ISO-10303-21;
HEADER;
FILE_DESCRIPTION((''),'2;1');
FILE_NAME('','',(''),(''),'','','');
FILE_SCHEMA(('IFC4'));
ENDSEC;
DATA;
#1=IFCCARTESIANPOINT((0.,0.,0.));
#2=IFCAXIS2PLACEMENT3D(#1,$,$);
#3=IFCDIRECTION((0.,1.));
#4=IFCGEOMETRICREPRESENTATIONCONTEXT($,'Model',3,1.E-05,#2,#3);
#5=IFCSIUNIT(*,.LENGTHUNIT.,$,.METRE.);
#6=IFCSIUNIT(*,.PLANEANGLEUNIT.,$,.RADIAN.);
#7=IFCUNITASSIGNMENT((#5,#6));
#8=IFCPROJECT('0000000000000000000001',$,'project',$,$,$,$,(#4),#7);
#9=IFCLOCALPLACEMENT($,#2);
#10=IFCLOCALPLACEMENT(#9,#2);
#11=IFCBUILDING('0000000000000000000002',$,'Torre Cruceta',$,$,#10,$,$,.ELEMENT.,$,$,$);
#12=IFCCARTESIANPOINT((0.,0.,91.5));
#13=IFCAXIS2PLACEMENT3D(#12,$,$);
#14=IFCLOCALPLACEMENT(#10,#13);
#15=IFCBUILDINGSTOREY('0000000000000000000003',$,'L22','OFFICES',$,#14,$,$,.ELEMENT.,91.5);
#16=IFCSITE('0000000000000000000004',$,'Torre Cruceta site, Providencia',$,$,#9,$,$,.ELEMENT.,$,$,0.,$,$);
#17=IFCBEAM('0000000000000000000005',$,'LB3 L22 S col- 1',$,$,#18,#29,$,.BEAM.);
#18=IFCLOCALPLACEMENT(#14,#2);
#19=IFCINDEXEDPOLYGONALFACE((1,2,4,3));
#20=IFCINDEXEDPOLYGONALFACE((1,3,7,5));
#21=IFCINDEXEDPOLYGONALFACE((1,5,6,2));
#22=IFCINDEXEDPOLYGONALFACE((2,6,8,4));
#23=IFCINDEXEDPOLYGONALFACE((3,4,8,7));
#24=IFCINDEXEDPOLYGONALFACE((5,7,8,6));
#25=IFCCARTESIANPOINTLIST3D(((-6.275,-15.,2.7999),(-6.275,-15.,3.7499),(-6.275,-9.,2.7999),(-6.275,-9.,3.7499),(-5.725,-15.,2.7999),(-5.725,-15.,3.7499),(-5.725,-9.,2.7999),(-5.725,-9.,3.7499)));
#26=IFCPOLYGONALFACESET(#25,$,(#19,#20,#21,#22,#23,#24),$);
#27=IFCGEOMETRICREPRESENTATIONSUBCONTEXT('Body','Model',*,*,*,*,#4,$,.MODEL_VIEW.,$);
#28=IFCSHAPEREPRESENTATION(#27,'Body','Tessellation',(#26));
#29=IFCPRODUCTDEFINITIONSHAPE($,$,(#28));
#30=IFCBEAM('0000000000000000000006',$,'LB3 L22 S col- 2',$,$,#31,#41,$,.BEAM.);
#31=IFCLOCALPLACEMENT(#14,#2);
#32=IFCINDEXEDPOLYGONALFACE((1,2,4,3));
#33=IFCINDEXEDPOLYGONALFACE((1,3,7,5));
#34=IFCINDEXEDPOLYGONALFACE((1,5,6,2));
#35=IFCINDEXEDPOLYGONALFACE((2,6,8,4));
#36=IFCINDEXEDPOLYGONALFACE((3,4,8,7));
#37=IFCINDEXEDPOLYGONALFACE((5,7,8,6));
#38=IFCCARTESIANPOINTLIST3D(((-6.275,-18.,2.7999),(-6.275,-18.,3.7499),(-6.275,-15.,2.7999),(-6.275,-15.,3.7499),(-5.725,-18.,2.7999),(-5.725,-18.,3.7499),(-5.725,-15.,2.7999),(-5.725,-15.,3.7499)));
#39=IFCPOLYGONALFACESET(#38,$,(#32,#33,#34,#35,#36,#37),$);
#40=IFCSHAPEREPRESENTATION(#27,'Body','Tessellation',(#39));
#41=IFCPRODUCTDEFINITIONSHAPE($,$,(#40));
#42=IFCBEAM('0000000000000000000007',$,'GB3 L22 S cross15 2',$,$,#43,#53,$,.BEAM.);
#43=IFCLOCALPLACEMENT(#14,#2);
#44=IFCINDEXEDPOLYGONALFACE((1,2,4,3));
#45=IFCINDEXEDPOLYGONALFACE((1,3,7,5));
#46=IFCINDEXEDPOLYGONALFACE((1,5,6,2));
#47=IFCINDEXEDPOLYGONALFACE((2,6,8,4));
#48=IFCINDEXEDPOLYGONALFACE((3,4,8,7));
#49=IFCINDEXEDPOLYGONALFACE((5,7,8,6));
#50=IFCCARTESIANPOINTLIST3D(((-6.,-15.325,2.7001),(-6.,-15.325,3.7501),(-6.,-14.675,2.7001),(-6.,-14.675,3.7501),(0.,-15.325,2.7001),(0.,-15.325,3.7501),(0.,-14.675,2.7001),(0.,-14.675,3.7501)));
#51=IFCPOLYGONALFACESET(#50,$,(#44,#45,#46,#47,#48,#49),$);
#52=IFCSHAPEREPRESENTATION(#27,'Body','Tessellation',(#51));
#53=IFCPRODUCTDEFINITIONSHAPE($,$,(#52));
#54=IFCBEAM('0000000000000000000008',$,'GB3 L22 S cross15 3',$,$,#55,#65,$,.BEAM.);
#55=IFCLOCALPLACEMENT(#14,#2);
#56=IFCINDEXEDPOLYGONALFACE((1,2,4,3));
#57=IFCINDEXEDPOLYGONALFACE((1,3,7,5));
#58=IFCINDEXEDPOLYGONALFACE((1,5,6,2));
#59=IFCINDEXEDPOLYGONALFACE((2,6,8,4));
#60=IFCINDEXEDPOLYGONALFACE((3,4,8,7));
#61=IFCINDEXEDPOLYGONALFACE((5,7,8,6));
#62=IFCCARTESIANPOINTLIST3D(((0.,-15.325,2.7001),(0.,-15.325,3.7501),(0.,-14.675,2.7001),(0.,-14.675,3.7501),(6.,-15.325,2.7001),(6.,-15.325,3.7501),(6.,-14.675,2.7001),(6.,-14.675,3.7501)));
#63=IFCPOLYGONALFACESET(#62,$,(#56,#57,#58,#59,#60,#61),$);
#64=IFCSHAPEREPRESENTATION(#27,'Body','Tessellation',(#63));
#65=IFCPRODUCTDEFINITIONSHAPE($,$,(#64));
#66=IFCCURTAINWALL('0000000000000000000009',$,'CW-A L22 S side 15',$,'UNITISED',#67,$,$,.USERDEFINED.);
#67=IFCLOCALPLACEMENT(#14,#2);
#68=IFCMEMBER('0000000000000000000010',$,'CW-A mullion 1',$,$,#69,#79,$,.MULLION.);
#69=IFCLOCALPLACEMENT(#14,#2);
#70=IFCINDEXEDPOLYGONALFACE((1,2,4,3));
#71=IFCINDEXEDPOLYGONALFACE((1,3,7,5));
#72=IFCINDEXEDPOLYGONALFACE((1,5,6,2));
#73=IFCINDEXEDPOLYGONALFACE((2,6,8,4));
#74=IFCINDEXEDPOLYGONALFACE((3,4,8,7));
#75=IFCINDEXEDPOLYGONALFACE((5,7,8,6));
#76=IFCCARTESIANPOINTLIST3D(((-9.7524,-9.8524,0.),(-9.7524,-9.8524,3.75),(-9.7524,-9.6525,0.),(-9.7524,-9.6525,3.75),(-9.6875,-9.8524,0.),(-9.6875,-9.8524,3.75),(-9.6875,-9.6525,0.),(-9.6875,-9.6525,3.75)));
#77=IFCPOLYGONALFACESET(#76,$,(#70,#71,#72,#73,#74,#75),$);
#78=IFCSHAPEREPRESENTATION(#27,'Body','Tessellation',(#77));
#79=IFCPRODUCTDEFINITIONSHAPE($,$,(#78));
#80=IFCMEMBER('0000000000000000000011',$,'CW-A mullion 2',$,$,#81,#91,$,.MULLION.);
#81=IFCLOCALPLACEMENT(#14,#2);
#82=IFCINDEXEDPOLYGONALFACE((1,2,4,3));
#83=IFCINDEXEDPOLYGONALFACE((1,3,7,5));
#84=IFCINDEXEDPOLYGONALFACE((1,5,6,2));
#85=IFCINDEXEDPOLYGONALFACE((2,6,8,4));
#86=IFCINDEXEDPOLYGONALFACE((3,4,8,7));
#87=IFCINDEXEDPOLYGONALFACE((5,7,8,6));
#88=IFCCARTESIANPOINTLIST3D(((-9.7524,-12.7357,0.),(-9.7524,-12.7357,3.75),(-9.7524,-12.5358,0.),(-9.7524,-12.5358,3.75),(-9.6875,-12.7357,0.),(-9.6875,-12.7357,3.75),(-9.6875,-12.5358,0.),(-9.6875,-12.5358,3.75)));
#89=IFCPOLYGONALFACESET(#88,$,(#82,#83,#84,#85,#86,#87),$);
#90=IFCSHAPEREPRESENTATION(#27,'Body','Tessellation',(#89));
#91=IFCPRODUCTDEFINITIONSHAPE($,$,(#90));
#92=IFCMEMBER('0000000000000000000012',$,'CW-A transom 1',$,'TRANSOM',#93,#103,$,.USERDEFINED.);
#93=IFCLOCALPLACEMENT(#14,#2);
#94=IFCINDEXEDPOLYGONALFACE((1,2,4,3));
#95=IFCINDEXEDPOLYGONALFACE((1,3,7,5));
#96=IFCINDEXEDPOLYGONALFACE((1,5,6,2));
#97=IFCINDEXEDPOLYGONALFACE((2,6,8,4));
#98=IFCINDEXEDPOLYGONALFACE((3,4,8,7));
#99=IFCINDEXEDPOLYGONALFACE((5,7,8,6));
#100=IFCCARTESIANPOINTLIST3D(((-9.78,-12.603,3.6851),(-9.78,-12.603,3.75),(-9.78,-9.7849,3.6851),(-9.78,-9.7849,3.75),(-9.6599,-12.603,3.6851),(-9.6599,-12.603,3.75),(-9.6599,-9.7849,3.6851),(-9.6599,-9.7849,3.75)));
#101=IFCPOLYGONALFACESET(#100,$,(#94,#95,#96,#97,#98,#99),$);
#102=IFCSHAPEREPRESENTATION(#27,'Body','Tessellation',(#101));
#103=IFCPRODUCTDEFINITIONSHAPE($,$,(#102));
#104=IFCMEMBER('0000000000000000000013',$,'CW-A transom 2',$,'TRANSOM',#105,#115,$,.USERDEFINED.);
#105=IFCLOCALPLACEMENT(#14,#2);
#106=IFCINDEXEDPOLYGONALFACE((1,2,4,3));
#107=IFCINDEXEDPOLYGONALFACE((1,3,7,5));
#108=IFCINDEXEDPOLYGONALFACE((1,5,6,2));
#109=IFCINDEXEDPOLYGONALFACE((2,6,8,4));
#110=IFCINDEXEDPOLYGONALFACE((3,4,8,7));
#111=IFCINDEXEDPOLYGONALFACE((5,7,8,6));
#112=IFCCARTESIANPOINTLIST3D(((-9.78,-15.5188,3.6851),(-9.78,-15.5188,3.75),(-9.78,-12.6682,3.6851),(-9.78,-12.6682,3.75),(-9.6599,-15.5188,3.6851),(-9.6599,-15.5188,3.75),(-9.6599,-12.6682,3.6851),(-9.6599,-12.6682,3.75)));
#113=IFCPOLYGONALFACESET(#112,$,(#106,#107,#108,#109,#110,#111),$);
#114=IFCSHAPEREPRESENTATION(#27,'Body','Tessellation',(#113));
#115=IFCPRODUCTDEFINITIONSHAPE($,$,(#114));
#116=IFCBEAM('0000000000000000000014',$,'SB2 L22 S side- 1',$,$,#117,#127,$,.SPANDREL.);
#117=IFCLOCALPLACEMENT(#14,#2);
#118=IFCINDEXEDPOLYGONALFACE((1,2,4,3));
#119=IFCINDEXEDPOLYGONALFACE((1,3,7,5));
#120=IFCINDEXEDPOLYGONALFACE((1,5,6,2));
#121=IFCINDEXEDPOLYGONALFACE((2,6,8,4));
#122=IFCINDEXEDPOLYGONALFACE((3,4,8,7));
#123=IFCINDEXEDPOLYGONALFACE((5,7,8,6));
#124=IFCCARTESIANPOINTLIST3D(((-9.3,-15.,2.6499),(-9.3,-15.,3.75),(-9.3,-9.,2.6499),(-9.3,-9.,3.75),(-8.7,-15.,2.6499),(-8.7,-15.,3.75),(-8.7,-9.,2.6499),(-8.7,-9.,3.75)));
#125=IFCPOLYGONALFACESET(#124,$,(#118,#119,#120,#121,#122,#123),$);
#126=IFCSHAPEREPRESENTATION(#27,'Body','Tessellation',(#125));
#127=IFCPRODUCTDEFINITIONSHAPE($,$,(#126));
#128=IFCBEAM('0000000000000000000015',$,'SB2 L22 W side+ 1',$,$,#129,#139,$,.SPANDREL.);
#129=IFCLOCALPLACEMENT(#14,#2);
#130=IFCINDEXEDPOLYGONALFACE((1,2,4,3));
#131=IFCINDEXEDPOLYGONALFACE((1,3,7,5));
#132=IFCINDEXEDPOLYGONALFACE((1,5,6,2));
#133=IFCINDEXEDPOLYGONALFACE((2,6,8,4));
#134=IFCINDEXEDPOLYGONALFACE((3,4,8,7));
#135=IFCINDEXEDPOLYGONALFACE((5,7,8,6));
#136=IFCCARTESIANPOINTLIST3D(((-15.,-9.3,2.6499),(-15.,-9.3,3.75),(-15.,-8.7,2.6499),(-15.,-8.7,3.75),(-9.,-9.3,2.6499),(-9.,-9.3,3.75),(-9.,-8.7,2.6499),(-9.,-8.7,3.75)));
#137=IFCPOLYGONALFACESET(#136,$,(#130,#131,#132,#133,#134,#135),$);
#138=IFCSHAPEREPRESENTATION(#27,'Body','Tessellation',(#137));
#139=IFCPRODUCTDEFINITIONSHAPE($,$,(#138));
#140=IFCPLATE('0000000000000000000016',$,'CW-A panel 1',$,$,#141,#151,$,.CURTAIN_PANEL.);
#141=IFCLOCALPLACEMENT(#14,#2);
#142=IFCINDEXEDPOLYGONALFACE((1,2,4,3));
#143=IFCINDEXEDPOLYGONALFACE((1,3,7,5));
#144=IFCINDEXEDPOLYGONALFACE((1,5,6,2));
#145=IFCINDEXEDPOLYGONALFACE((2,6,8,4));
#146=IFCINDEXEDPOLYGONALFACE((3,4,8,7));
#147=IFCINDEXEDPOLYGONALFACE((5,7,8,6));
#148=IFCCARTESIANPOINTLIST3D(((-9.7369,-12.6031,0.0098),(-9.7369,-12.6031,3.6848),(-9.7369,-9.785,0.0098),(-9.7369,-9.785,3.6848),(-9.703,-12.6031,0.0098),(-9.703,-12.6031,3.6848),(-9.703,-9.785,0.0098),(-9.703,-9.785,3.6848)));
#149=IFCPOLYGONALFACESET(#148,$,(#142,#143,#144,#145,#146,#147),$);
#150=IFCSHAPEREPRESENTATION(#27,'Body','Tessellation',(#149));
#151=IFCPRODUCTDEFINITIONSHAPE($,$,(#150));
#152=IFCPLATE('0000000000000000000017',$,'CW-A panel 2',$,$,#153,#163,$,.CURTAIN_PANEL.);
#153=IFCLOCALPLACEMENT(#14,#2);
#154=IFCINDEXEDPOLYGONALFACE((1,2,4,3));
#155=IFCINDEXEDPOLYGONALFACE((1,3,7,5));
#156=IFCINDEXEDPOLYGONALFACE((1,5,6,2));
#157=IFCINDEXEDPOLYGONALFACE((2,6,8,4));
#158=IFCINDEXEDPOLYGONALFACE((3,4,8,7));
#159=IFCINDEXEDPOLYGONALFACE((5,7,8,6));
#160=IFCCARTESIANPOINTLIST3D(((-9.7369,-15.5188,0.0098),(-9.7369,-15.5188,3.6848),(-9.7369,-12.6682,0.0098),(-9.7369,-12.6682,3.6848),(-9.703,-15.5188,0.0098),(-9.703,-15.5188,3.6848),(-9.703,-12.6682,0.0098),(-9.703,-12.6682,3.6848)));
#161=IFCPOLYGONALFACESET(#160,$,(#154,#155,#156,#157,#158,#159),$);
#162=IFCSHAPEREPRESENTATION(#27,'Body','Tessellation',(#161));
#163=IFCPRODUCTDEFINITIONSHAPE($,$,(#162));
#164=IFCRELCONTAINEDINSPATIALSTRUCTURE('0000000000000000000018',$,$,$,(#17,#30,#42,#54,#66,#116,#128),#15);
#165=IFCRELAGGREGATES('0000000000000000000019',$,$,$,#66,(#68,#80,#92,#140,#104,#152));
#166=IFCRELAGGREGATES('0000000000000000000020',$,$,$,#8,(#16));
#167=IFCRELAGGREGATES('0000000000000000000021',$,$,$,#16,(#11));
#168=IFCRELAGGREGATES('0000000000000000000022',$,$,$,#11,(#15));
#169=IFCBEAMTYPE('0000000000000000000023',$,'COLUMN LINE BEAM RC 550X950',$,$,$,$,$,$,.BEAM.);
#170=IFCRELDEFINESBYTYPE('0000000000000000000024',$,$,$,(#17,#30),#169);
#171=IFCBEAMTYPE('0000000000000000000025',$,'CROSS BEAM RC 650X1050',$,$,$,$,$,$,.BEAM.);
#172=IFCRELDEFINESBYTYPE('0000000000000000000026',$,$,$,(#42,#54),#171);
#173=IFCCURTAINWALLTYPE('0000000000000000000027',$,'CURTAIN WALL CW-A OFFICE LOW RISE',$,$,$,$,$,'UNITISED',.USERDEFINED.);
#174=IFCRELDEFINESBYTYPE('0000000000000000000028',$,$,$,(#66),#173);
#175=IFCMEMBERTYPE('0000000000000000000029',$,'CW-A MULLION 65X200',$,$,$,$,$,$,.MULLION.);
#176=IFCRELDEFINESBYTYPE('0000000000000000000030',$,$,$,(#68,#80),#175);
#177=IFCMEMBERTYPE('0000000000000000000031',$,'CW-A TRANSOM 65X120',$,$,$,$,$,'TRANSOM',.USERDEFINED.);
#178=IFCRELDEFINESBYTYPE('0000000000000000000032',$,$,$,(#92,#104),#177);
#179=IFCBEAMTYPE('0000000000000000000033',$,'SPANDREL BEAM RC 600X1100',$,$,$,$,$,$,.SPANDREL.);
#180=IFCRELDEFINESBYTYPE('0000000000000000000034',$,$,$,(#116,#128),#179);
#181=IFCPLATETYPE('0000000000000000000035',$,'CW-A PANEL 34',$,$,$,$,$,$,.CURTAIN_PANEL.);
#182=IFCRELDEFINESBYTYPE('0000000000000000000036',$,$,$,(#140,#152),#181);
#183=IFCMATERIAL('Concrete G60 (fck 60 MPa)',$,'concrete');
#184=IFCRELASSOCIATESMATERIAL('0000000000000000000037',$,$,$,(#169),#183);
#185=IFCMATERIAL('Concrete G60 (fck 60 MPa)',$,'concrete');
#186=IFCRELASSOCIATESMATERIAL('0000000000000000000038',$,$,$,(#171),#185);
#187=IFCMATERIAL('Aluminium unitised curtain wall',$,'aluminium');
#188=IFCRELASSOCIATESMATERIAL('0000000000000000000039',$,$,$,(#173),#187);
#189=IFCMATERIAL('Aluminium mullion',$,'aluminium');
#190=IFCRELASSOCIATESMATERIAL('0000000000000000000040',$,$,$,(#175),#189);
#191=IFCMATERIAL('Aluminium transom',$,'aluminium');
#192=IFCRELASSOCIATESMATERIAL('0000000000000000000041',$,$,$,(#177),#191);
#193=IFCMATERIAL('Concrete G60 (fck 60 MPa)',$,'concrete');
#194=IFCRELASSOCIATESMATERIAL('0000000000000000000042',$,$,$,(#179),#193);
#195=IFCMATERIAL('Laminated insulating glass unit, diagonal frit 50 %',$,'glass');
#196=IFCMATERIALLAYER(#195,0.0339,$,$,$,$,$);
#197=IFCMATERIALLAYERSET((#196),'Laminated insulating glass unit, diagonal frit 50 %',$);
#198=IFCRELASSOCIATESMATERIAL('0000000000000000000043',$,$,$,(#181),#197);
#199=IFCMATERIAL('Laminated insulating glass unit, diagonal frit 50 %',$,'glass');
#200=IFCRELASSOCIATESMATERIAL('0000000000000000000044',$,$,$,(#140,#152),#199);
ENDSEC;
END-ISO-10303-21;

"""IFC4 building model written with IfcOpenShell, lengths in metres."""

from ifc_helpers import new_model, si_unit, direction, frame, origin, origin_2d, place, context, subcontext, project, spatial, rectangle, extrude, material, layer, layer_set, material_profile, profile_set, type_object, element, aggregate, save


model = new_model("IFC4")

# Units and contexts
model_context = context("Model", 3, precision=1e-05, world=origin(), true_north=direction((0.0, 1.0)))
body_context = subcontext(model_context, "Body", "Model", "MODEL_VIEW")
ifc_project = project(units=[si_unit("LENGTHUNIT", "METRE"), si_unit("PLANEANGLEUNIT", "RADIAN")], contexts=[model_context])

# Site, building, storey
site_placement = place(None, origin())
site = spatial("IfcSite", under=ifc_project, at=site_placement, Name="Torre Cruceta site, Providencia", CompositionType="ELEMENT", RefElevation=0.0)
building_placement = place(site_placement, origin())
building = spatial("IfcBuilding", under=site, at=building_placement, Name="Torre Cruceta", CompositionType="ELEMENT")
storey_placement = place(building_placement, frame((0.0, 0.0, 91.5)))
storey = spatial("IfcBuildingStorey", under=building, at=storey_placement, Name="L22", Description="OFFICES", CompositionType="ELEMENT", Elevation=91.5)

# Beams
ifc_material_1 = material(Name="Concrete G60 (fck 60 MPa)", Category="concrete")
ifc_material_profile_1 = material_profile(ifc_material_1, rectangle(XDim=0.55, YDim=0.95, at=origin_2d()), Name="RC 550X950")
ifc_profile_set_1 = profile_set([ifc_material_profile_1], Name="Concrete G60 (fck 60 MPa)")
beam_type_1 = type_object("IfcBeamType", Name="COLUMN LINE BEAM RC 550X950", PredefinedType="BEAM", material=ifc_profile_set_1)
beam_1_placement = place(storey_placement, frame((-6.0, -9.0, 3.2749), z_axis=(0.0, -1.0, 0.0), x_axis=(1.0, 0.0, 0.0)))
element("IfcBeam", 1, at=beam_1_placement, inside=storey, type_object=beam_type_1, Name="LB3 L22 S col- 1", PredefinedType="BEAM", context=body_context, shape_type="SweptSolid", body=[
    extrude(rectangle(XDim=0.55, YDim=0.95, at=origin_2d()), origin(), (0.0, 0.0, 1.0), 6.0),
])
beam_2_placement = place(storey_placement, frame((-6.0, -15.0, 3.2749), z_axis=(0.0, -1.0, 0.0), x_axis=(1.0, 0.0, 0.0)))
element("IfcBeam", 2, at=beam_2_placement, inside=storey, type_object=beam_type_1, Name="LB3 L22 S col- 2", PredefinedType="BEAM", context=body_context, shape_type="SweptSolid", body=[
    extrude(rectangle(XDim=0.55, YDim=0.95, at=origin_2d()), origin(), (0.0, 0.0, 1.0), 3.0),
])
ifc_material_2 = material(Name="Concrete G60 (fck 60 MPa)", Category="concrete")
ifc_material_profile_2 = material_profile(ifc_material_2, rectangle(XDim=0.6499, YDim=1.05, at=origin_2d()), Name="RC 650X1050")
ifc_profile_set_2 = profile_set([ifc_material_profile_2], Name="Concrete G60 (fck 60 MPa)")
beam_type_2 = type_object("IfcBeamType", Name="CROSS BEAM RC 650X1050", PredefinedType="BEAM", material=ifc_profile_set_2)
for number, where, z_axis, x_axis, name in (
    (3, (-6.0, -15.0, 3.2251), (1.0, 0.0, 0.0), (0.0, 1.0, 0.0), "GB3 L22 S cross15 2"),
    (4, (0.0, -15.0, 3.2251), (1.0, 0.0, 0.0), (0.0, 1.0, 0.0), "GB3 L22 S cross15 3"),
):
    element("IfcBeam", number, at=place(storey_placement, frame(where, z_axis=z_axis, x_axis=x_axis)), inside=storey, type_object=beam_type_2, Name=name, PredefinedType="BEAM", context=body_context, shape_type="SweptSolid", body=[
        extrude(rectangle(XDim=0.6499, YDim=1.05, at=origin_2d()), origin(), (0.0, 0.0, 1.0), 6.0),
    ])

# Curtain wall, members
ifc_material_3 = material(Name="Aluminium unitised curtain wall", Category="aluminium")
curtain_wall_type = type_object("IfcCurtainWallType", Name="CURTAIN WALL CW-A OFFICE LOW RISE", ElementType="UNITISED", PredefinedType="USERDEFINED", material=ifc_material_3)
curtain_wall_placement = place(storey_placement, origin())
curtain_wall = element("IfcCurtainWall", 5, at=curtain_wall_placement, inside=storey, type_object=curtain_wall_type, Name="CW-A L22 S side 15", ObjectType="UNITISED", PredefinedType="USERDEFINED")
ifc_material_4 = material(Name="Aluminium mullion", Category="aluminium")
ifc_material_profile_3 = material_profile(ifc_material_4, rectangle(XDim=0.0649, YDim=0.2, at=origin_2d()), Name="AL 65X200")
ifc_profile_set_3 = profile_set([ifc_material_profile_3], Name="Aluminium mullion")
member_type_1 = type_object("IfcMemberType", Name="CW-A MULLION 65X200", PredefinedType="MULLION", material=ifc_profile_set_3)
member_1_placement = place(storey_placement, frame((-9.72, -9.7524, 0.0), z_axis=(0.0, 0.0, 1.0), x_axis=(1.0, 0.0, 0.0)))
member_1 = element("IfcMember", 6, at=member_1_placement, type_object=member_type_1, Name="CW-A mullion 1", PredefinedType="MULLION", context=body_context, shape_type="SweptSolid", body=[
    extrude(rectangle(XDim=0.0649, YDim=0.2, at=origin_2d()), origin(), (0.0, 0.0, 1.0), 3.75),
])
member_2_placement = place(storey_placement, frame((-9.72, -12.6357, 0.0), z_axis=(0.0, 0.0, 1.0), x_axis=(1.0, 0.0, 0.0)))
member_2 = element("IfcMember", 7, at=member_2_placement, type_object=member_type_1, Name="CW-A mullion 2", PredefinedType="MULLION", context=body_context, shape_type="SweptSolid", body=[
    extrude(rectangle(XDim=0.0649, YDim=0.2, at=origin_2d()), origin(), (0.0, 0.0, 1.0), 3.75),
])
ifc_material_5 = material(Name="Aluminium transom", Category="aluminium")
ifc_material_profile_4 = material_profile(ifc_material_5, rectangle(XDim=0.1201, YDim=0.0649, at=origin_2d()), Name="AL 120X65")
ifc_profile_set_4 = profile_set([ifc_material_profile_4], Name="Aluminium transom")
member_type_2 = type_object("IfcMemberType", Name="CW-A TRANSOM 65X120", ElementType="TRANSOM", PredefinedType="USERDEFINED", material=ifc_profile_set_4)
member_3_placement = place(storey_placement, frame((-9.72, -9.7849, 3.7175), z_axis=(0.0, -1.0, 0.0), x_axis=(1.0, 0.0, 0.0)))
member_3 = element("IfcMember", 8, at=member_3_placement, type_object=member_type_2, Name="CW-A transom 1", ObjectType="TRANSOM", PredefinedType="USERDEFINED", context=body_context, shape_type="SweptSolid", body=[
    extrude(rectangle(XDim=0.1201, YDim=0.0649, at=origin_2d()), origin(), (0.0, 0.0, 1.0), 2.8181),
])
member_4_placement = place(storey_placement, frame((-9.72, -12.6682, 3.7175), z_axis=(0.0, -1.0, 0.0), x_axis=(1.0, 0.0, 0.0)))
member_4 = element("IfcMember", 9, at=member_4_placement, type_object=member_type_2, Name="CW-A transom 2", ObjectType="TRANSOM", PredefinedType="USERDEFINED", context=body_context, shape_type="SweptSolid", body=[
    extrude(rectangle(XDim=0.1201, YDim=0.0649, at=origin_2d()), origin(), (0.0, 0.0, 1.0), 2.8506),
])

# Beams
ifc_material_6 = material(Name="Concrete G60 (fck 60 MPa)", Category="concrete")
ifc_material_profile_5 = material_profile(ifc_material_6, rectangle(XDim=0.6001, YDim=1.1001, at=origin_2d()), Name="RC 600X1100")
ifc_profile_set_5 = profile_set([ifc_material_profile_5], Name="Concrete G60 (fck 60 MPa)")
beam_type_3 = type_object("IfcBeamType", Name="SPANDREL BEAM RC 600X1100", PredefinedType="SPANDREL", material=ifc_profile_set_5)
for number, where, z_axis, x_axis, name in (
    (10, (-9.0, -9.0, 3.2), (0.0, -1.0, 0.0), (1.0, 0.0, 0.0), "SB2 L22 S side- 1"),
    (11, (-9.0, -9.0, 3.2), (-1.0, 0.0, 0.0), (0.0, -1.0, 0.0), "SB2 L22 W side+ 1"),
):
    element("IfcBeam", number, at=place(storey_placement, frame(where, z_axis=z_axis, x_axis=x_axis)), inside=storey, type_object=beam_type_3, Name=name, PredefinedType="SPANDREL", context=body_context, shape_type="SweptSolid", body=[
        extrude(rectangle(XDim=0.6001, YDim=1.1001, at=origin_2d()), origin(), (0.0, 0.0, 1.0), 6.0),
    ])

# Plates
ifc_material_7 = material(Name="Laminated insulating glass unit, diagonal frit 50 %", Category="glass")
ifc_material_8 = material(Name="Laminated insulating glass unit, diagonal frit 50 %", Category="glass")
ifc_layer_1 = layer(ifc_material_8, 0.0339)
ifc_layer_set_1 = layer_set([ifc_layer_1], Name="Laminated insulating glass unit, diagonal frit 50 %")
plate_type = type_object("IfcPlateType", Name="CW-A PANEL 34", PredefinedType="CURTAIN_PANEL", material=ifc_layer_set_1)
plate_1_placement = place(storey_placement, frame((-9.72, -11.1941, 0.0098), z_axis=(0.0, 0.0, 1.0), x_axis=(0.0, -1.0, 0.0)))
plate_1 = element("IfcPlate", 12, at=plate_1_placement, type_object=plate_type, material=ifc_material_7, Name="CW-A panel 1", PredefinedType="CURTAIN_PANEL", context=body_context, shape_type="SweptSolid", body=[
    extrude(rectangle(XDim=2.8181, YDim=0.0339, at=origin_2d()), origin(), (0.0, 0.0, 1.0), 3.675),
])
plate_2_placement = place(storey_placement, frame((-9.72, -14.0935, 0.0098), z_axis=(0.0, 0.0, 1.0), x_axis=(0.0, -1.0, 0.0)))
plate_2 = element("IfcPlate", 13, at=plate_2_placement, type_object=plate_type, material=ifc_material_7, Name="CW-A panel 2", PredefinedType="CURTAIN_PANEL", context=body_context, shape_type="SweptSolid", body=[
    extrude(rectangle(XDim=2.8506, YDim=0.0339, at=origin_2d()), origin(), (0.0, 0.0, 1.0), 3.675),
])
aggregate(curtain_wall, [member_1, member_2, member_3, plate_1, member_4, plate_2])

save(model, "model.ifc")
